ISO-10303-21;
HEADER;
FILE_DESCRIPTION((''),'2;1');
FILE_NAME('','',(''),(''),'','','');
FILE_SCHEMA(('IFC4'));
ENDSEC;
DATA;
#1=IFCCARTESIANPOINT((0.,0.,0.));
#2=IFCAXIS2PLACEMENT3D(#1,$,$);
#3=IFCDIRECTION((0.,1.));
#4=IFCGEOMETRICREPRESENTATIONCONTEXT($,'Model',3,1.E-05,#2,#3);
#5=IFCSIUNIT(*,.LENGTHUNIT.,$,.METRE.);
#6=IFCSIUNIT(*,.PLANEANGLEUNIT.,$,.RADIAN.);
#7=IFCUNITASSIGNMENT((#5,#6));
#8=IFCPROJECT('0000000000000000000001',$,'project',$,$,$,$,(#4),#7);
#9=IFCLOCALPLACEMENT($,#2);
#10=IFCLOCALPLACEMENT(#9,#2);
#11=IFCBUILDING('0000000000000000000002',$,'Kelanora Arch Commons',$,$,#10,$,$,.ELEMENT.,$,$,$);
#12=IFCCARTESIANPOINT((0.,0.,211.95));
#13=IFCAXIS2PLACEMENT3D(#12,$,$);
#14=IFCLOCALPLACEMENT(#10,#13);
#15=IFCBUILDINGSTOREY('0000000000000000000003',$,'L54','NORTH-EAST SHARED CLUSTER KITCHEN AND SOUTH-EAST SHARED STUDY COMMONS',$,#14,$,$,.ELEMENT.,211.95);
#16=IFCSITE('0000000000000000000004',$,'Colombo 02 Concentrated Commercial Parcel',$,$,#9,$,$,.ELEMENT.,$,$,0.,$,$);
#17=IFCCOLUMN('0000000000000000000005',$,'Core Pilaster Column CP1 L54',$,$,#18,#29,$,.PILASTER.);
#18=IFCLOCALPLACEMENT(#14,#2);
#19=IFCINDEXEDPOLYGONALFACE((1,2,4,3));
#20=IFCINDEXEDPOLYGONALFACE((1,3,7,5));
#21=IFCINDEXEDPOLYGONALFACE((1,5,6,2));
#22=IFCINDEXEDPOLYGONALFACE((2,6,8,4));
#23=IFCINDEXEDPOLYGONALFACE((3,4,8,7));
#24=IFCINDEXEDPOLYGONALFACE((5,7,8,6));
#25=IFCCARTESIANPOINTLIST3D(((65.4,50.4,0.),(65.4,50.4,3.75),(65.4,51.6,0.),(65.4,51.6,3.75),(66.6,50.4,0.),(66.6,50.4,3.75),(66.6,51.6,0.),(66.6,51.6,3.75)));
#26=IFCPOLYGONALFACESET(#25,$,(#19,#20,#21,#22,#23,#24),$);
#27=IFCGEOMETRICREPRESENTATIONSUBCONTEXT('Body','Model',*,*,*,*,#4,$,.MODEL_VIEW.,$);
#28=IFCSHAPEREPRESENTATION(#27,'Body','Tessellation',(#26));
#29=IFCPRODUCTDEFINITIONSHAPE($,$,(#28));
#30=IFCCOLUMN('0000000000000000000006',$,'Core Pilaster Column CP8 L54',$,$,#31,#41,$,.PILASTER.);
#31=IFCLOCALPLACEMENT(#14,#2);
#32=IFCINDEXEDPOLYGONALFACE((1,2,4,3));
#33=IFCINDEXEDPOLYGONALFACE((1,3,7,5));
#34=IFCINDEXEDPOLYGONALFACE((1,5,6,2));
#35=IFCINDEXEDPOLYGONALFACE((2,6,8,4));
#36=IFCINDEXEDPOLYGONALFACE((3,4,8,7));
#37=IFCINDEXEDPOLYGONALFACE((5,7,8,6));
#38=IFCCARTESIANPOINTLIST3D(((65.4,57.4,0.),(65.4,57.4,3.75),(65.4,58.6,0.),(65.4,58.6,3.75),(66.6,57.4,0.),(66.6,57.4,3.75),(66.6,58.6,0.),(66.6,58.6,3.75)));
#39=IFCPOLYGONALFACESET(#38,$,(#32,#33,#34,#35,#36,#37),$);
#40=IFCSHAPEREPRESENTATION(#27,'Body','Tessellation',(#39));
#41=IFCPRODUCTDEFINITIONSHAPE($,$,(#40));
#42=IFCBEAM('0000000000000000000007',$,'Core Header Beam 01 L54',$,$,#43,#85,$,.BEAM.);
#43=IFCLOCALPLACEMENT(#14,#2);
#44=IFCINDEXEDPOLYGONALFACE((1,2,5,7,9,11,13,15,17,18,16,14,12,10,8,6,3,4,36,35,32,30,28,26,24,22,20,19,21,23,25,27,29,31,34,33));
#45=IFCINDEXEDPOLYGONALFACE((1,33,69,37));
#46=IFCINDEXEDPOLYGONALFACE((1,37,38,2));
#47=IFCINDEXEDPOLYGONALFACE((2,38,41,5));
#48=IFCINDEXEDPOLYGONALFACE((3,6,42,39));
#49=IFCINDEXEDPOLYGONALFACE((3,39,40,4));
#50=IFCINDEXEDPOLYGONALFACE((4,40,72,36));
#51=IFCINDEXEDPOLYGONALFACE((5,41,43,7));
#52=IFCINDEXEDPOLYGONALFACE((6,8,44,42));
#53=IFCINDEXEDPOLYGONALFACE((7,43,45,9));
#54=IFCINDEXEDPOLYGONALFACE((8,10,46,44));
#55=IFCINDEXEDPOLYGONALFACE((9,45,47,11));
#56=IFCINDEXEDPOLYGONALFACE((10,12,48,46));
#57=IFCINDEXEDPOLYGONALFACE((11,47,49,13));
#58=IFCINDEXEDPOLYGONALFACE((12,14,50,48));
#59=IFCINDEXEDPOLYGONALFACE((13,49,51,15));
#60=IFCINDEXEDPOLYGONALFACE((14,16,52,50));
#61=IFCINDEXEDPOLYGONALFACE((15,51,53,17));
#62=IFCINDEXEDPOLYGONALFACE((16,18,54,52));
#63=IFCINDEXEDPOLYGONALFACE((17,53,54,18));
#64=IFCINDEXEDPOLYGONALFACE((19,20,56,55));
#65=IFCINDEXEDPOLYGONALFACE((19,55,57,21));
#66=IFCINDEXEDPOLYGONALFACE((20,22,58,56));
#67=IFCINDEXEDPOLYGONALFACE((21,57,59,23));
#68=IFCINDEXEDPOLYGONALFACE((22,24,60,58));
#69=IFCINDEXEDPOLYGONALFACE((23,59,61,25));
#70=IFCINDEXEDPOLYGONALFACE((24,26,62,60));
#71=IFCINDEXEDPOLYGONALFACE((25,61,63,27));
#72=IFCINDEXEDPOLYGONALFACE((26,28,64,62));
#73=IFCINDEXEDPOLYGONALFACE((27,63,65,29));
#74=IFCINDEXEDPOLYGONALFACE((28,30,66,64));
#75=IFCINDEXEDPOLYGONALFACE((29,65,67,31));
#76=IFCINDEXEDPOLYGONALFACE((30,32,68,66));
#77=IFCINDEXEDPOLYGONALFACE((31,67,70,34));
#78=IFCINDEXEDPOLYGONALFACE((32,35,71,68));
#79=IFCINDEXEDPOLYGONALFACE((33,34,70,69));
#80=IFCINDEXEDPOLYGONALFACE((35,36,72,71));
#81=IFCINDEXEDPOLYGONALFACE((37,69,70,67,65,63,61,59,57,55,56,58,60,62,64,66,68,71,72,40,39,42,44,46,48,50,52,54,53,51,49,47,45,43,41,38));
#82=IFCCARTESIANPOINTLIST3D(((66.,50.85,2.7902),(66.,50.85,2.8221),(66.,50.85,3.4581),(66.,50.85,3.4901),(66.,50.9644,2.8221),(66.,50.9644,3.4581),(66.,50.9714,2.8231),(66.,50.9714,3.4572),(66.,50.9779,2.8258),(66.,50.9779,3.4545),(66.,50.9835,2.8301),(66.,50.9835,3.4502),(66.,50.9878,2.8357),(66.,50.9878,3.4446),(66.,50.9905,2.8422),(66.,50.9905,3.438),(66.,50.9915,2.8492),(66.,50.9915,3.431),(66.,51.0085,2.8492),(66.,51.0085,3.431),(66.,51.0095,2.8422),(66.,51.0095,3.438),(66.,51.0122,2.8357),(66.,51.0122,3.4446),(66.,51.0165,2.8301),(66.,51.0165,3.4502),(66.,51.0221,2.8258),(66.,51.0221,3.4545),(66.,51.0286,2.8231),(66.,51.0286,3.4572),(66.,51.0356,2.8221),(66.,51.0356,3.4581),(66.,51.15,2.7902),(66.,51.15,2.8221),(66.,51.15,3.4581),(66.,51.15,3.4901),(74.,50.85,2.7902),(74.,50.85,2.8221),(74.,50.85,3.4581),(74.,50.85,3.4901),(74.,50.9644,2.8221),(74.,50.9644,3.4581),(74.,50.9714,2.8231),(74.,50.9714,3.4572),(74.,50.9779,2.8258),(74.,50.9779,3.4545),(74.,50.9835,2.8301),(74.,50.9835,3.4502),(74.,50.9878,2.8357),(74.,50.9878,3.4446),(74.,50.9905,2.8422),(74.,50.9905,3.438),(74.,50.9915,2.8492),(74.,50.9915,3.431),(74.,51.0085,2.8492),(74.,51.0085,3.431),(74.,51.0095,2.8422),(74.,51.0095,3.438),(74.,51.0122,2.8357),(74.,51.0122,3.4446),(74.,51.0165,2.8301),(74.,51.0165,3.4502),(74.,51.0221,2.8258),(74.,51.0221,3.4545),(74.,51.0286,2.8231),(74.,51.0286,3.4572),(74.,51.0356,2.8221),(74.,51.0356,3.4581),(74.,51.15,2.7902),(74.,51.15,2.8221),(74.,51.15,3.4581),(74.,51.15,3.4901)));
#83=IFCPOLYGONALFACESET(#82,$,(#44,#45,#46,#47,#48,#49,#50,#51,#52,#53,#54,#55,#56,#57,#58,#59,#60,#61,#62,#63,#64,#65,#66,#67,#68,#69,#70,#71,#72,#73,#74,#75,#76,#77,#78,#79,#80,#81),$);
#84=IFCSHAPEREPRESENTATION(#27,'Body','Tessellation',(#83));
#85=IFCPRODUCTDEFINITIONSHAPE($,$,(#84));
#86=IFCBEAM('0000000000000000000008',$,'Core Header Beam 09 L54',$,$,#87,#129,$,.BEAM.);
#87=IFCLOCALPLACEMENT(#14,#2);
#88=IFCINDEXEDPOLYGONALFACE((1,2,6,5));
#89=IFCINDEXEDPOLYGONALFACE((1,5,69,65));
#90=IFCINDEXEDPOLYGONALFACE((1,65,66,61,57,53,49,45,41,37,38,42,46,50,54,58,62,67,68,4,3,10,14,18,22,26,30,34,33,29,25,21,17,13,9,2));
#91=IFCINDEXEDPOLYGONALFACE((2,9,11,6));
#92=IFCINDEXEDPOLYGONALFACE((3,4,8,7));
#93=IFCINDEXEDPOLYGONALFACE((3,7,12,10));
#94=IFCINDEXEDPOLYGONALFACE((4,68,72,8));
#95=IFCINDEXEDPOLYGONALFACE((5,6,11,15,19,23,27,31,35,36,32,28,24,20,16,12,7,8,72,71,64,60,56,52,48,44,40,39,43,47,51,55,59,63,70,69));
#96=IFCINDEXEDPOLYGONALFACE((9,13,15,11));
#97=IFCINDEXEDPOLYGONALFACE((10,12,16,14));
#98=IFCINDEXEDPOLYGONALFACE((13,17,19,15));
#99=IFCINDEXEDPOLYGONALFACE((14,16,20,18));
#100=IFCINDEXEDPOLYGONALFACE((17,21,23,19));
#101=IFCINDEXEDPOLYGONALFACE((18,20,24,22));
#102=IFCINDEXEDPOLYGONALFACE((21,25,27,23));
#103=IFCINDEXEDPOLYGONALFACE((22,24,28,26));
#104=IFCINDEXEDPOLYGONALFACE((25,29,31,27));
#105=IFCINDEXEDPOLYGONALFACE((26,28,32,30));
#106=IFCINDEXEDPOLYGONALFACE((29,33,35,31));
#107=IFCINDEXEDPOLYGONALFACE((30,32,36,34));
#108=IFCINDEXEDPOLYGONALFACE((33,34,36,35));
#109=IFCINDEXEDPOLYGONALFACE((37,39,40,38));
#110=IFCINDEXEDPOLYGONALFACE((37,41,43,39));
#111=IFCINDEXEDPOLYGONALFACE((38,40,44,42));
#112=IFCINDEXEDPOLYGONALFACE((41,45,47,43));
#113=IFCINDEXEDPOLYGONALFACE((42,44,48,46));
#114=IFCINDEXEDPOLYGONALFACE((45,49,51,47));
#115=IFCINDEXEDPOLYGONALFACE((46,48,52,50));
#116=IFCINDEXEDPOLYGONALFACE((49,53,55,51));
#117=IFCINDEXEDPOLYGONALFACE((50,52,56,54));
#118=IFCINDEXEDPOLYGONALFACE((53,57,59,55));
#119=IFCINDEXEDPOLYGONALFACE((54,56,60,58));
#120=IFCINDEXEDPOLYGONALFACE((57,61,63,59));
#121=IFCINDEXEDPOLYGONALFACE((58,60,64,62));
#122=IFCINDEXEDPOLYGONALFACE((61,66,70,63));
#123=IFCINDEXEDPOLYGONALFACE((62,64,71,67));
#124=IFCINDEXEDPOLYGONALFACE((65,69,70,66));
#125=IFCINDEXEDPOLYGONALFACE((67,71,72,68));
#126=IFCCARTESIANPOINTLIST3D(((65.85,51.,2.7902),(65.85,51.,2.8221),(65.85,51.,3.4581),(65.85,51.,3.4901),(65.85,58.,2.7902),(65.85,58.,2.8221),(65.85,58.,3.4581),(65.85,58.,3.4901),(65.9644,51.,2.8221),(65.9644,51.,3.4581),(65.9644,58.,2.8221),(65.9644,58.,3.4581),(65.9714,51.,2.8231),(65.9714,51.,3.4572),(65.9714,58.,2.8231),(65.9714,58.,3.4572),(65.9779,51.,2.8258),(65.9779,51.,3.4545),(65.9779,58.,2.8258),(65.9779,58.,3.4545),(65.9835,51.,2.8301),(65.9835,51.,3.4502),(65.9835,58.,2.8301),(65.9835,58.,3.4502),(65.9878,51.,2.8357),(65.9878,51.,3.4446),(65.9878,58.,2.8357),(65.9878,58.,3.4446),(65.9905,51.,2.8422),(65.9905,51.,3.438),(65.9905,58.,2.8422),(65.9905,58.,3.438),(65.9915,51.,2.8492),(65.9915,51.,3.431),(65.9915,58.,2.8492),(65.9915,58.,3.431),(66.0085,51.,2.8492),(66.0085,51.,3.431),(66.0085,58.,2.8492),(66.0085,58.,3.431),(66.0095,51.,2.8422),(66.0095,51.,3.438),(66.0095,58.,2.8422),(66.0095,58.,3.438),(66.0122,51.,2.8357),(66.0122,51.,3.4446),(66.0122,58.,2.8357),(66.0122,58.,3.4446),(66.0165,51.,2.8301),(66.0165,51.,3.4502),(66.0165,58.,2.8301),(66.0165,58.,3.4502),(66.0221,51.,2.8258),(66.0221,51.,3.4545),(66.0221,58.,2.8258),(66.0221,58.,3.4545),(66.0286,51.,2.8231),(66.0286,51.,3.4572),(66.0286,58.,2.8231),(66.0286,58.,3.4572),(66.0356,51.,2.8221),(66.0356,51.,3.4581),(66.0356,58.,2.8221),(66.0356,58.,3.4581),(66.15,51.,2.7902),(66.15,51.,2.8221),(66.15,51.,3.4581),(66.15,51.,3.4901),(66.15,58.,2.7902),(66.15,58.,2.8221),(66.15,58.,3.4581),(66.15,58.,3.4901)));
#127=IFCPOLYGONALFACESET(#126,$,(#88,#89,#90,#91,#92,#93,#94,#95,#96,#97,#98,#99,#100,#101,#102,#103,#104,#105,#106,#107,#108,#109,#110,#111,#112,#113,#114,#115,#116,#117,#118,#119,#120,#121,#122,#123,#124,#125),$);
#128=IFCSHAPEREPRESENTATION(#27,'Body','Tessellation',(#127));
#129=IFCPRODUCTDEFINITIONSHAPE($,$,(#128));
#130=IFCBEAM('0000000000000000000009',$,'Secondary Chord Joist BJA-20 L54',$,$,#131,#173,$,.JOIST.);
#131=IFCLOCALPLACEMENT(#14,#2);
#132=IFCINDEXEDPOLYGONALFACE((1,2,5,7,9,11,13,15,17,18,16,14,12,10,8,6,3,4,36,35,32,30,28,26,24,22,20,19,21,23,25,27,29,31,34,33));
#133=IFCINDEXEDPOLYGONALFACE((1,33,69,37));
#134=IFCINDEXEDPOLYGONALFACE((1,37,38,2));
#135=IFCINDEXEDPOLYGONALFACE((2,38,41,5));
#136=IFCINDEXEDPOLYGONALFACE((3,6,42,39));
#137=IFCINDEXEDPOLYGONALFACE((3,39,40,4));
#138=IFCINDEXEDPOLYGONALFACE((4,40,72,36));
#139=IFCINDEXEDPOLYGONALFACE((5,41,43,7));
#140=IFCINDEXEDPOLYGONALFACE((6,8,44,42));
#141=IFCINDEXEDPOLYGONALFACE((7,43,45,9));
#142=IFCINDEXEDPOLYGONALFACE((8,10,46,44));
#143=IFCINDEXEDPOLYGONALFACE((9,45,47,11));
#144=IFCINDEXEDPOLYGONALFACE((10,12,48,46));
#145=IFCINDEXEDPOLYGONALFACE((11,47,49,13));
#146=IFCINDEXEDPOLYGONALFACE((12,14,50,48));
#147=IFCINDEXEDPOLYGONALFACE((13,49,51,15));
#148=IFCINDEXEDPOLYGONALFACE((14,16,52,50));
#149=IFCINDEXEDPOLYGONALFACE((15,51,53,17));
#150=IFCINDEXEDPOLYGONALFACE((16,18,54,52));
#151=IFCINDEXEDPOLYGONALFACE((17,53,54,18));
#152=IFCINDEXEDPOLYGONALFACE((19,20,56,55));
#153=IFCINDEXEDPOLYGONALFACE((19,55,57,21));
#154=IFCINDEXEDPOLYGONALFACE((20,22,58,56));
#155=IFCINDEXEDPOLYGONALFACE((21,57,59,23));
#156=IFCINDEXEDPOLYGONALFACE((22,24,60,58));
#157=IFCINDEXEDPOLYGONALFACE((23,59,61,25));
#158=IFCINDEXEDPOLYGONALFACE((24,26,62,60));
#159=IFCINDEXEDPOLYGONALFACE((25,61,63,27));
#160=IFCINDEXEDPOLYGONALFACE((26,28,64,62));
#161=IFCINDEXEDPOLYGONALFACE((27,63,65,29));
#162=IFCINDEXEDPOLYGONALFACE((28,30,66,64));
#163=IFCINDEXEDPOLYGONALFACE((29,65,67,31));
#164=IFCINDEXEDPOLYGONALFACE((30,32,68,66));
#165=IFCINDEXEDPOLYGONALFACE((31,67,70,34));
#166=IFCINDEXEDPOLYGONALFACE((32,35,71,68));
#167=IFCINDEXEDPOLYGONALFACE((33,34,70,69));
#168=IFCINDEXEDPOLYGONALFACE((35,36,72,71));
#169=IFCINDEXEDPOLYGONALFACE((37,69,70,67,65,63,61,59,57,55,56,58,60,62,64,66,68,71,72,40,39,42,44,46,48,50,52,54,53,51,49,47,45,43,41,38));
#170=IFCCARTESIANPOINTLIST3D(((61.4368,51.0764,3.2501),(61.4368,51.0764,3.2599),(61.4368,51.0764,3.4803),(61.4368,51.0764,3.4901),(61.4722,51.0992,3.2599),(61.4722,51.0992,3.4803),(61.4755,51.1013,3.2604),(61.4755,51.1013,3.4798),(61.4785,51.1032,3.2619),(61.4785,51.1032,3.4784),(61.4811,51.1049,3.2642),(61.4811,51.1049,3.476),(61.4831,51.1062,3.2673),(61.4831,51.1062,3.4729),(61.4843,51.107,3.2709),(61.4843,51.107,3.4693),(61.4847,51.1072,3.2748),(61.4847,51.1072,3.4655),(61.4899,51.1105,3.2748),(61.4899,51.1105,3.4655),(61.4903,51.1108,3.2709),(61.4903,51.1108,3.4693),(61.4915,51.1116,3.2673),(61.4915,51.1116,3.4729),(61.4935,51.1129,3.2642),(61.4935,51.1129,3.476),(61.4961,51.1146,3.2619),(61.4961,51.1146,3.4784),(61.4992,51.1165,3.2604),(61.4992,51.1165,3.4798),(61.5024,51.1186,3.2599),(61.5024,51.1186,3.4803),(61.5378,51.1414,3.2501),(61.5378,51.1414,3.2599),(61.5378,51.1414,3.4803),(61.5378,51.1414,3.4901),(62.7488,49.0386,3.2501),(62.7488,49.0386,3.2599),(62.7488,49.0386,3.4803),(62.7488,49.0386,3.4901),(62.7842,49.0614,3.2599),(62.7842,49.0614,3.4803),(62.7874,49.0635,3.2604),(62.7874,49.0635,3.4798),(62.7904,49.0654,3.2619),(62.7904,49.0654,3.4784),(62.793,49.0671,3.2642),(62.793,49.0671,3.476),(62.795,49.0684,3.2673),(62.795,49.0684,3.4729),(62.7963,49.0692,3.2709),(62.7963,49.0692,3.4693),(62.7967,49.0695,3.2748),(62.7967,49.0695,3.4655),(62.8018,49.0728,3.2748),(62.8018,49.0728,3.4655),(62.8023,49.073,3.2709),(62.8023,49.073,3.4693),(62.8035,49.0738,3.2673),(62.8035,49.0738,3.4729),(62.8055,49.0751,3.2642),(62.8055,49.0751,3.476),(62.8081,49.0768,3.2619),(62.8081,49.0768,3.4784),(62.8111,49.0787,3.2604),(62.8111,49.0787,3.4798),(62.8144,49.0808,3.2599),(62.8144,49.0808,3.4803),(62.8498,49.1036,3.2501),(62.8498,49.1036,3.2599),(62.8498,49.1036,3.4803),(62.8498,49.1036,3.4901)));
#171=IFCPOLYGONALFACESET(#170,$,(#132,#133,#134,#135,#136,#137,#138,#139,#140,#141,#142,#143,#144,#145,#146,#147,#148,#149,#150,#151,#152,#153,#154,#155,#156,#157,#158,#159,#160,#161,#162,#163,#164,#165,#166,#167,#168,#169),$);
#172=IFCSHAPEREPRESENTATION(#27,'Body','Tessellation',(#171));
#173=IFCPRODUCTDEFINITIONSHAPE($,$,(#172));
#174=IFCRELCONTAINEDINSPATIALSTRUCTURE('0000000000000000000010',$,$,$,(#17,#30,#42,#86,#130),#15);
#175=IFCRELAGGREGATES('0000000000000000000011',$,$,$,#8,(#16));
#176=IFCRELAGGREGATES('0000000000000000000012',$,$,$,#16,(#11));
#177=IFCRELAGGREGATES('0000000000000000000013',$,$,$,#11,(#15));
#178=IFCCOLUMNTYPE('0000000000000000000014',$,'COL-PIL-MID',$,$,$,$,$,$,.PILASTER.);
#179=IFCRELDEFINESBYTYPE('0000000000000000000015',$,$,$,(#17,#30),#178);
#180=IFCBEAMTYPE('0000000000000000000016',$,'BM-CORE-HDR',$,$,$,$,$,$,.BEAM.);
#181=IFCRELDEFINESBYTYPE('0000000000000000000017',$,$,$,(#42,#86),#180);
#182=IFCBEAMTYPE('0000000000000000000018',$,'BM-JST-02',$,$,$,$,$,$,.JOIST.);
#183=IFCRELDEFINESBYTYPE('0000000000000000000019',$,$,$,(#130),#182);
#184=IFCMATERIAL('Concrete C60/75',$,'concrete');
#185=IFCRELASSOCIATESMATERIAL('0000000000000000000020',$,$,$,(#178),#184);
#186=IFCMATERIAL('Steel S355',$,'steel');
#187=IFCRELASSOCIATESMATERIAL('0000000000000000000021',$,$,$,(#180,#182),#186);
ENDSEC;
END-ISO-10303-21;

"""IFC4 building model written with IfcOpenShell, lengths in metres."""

from ifc_helpers import new_model, si_unit, direction, frame, origin, origin_2d, place, context, subcontext, project, spatial, rectangle, i_section, extrude, material, material_profile, profile_set, type_object, element, save


model = new_model("IFC4")

# Units and contexts
model_context = context("Model", 3, precision=1e-05, world=origin(), true_north=direction((0.0, 1.0)))
body_context = subcontext(model_context, "Body", "Model", "MODEL_VIEW")
ifc_project = project(units=[si_unit("LENGTHUNIT", "METRE"), si_unit("PLANEANGLEUNIT", "RADIAN")], contexts=[model_context])

# Site, building, storey
site_placement = place(None, origin())
site = spatial("IfcSite", under=ifc_project, at=site_placement, Name="Colombo 02 Concentrated Commercial Parcel", CompositionType="ELEMENT", RefElevation=0.0)
building_placement = place(site_placement, origin())
building = spatial("IfcBuilding", under=site, at=building_placement, Name="Kelanora Arch Commons", CompositionType="ELEMENT")
storey_placement = place(building_placement, frame((0.0, 0.0, 211.95)))
storey = spatial("IfcBuildingStorey", under=building, at=storey_placement, Name="L54", Description="NORTH-EAST SHARED CLUSTER KITCHEN AND SOUTH-EAST SHARED STUDY COMMONS", CompositionType="ELEMENT", Elevation=211.95)

# Columns
ifc_material_1 = material(Name="Concrete C60/75", Category="concrete")
ifc_material_profile_1 = material_profile(ifc_material_1, rectangle(XDim=1.2, YDim=1.2, at=origin_2d()), Name="RC1200x1200")
ifc_profile_set_1 = profile_set([ifc_material_profile_1], Name="Concrete C60/75")
column_type = type_object("IfcColumnType", Name="COL-PIL-MID", PredefinedType="PILASTER", material=ifc_profile_set_1)
for number, where, z_axis, x_axis, name in (
    (1, (66.0, 51.0, 0.0), (0.0, 0.0, 1.0), (1.0, 0.0, 0.0), "Core Pilaster Column CP1 L54"),
    (2, (66.0, 58.0, 0.0), (0.0, 0.0, 1.0), (1.0, 0.0, 0.0), "Core Pilaster Column CP8 L54"),
):
    element("IfcColumn", number, at=place(storey_placement, frame(where, z_axis=z_axis, x_axis=x_axis)), inside=storey, type_object=column_type, Name=name, PredefinedType="PILASTER", context=body_context, shape_type="SweptSolid", body=[
        extrude(rectangle(XDim=1.2, YDim=1.2, at=origin_2d()), origin(), (0.0, 0.0, 1.0), 3.75),
    ])

# Beams
ifc_material_2 = material(Name="Steel S355", Category="steel")
ifc_material_profile_2 = material_profile(ifc_material_2, i_section(OverallWidth=0.3, OverallDepth=0.7, WebThickness=0.0171, FlangeThickness=0.032, FilletRadius=0.0271, at=origin_2d()), Name="HEB700")
ifc_profile_set_2 = profile_set([ifc_material_profile_2], Name="Steel S355")
beam_type_1 = type_object("IfcBeamType", Name="BM-CORE-HDR", PredefinedType="BEAM", material=ifc_profile_set_2)
beam_1_placement = place(storey_placement, frame((66.0, 51.0, 3.1401), z_axis=(1.0, 0.0, 0.0), x_axis=(0.0, 1.0, 0.0)))
element("IfcBeam", 3, at=beam_1_placement, inside=storey, type_object=beam_type_1, Name="Core Header Beam 01 L54", PredefinedType="BEAM", context=body_context, shape_type="SweptSolid", body=[
    extrude(i_section(OverallWidth=0.3, OverallDepth=0.7, WebThickness=0.0171, FlangeThickness=0.032, FilletRadius=0.0271, at=origin_2d()), origin(), (0.0, 0.0, 1.0), 8.0),
])
beam_2_placement = place(storey_placement, frame((66.0, 58.0, 3.1401), z_axis=(0.0, -1.0, 0.0), x_axis=(1.0, 0.0, 0.0)))
element("IfcBeam", 4, at=beam_2_placement, inside=storey, type_object=beam_type_1, Name="Core Header Beam 09 L54", PredefinedType="BEAM", context=body_context, shape_type="SweptSolid", body=[
    extrude(i_section(OverallWidth=0.3, OverallDepth=0.7, WebThickness=0.0171, FlangeThickness=0.032, FilletRadius=0.0271, at=origin_2d()), origin(), (0.0, 0.0, 1.0), 7.0),
])
ifc_material_profile_3 = material_profile(ifc_material_2, i_section(OverallWidth=0.1201, OverallDepth=0.24, WebThickness=0.0061, FlangeThickness=0.0098, FilletRadius=0.0149, at=origin_2d()), Name="IPE240")
ifc_profile_set_3 = profile_set([ifc_material_profile_3], Name="Steel S355")
beam_type_2 = type_object("IfcBeamType", Name="BM-JST-02", PredefinedType="JOIST", material=ifc_profile_set_3)
beam_3_placement = place(storey_placement, frame((61.4873, 51.1089, 3.3701), z_axis=(0.541333, -0.840808, 0.0), x_axis=(0.840808, 0.541333, 0.0)))
element("IfcBeam", 5, at=beam_3_placement, inside=storey, type_object=beam_type_2, Name="Secondary Chord Joist BJA-20 L54", PredefinedType="JOIST", context=body_context, shape_type="SweptSolid", body=[
    extrude(i_section(OverallWidth=0.1201, OverallDepth=0.24, WebThickness=0.0061, FlangeThickness=0.0098, FilletRadius=0.0149, at=origin_2d()), origin(), (0.0, 0.0, 1.0), 2.4236),
])

save(model, "model.ifc")
